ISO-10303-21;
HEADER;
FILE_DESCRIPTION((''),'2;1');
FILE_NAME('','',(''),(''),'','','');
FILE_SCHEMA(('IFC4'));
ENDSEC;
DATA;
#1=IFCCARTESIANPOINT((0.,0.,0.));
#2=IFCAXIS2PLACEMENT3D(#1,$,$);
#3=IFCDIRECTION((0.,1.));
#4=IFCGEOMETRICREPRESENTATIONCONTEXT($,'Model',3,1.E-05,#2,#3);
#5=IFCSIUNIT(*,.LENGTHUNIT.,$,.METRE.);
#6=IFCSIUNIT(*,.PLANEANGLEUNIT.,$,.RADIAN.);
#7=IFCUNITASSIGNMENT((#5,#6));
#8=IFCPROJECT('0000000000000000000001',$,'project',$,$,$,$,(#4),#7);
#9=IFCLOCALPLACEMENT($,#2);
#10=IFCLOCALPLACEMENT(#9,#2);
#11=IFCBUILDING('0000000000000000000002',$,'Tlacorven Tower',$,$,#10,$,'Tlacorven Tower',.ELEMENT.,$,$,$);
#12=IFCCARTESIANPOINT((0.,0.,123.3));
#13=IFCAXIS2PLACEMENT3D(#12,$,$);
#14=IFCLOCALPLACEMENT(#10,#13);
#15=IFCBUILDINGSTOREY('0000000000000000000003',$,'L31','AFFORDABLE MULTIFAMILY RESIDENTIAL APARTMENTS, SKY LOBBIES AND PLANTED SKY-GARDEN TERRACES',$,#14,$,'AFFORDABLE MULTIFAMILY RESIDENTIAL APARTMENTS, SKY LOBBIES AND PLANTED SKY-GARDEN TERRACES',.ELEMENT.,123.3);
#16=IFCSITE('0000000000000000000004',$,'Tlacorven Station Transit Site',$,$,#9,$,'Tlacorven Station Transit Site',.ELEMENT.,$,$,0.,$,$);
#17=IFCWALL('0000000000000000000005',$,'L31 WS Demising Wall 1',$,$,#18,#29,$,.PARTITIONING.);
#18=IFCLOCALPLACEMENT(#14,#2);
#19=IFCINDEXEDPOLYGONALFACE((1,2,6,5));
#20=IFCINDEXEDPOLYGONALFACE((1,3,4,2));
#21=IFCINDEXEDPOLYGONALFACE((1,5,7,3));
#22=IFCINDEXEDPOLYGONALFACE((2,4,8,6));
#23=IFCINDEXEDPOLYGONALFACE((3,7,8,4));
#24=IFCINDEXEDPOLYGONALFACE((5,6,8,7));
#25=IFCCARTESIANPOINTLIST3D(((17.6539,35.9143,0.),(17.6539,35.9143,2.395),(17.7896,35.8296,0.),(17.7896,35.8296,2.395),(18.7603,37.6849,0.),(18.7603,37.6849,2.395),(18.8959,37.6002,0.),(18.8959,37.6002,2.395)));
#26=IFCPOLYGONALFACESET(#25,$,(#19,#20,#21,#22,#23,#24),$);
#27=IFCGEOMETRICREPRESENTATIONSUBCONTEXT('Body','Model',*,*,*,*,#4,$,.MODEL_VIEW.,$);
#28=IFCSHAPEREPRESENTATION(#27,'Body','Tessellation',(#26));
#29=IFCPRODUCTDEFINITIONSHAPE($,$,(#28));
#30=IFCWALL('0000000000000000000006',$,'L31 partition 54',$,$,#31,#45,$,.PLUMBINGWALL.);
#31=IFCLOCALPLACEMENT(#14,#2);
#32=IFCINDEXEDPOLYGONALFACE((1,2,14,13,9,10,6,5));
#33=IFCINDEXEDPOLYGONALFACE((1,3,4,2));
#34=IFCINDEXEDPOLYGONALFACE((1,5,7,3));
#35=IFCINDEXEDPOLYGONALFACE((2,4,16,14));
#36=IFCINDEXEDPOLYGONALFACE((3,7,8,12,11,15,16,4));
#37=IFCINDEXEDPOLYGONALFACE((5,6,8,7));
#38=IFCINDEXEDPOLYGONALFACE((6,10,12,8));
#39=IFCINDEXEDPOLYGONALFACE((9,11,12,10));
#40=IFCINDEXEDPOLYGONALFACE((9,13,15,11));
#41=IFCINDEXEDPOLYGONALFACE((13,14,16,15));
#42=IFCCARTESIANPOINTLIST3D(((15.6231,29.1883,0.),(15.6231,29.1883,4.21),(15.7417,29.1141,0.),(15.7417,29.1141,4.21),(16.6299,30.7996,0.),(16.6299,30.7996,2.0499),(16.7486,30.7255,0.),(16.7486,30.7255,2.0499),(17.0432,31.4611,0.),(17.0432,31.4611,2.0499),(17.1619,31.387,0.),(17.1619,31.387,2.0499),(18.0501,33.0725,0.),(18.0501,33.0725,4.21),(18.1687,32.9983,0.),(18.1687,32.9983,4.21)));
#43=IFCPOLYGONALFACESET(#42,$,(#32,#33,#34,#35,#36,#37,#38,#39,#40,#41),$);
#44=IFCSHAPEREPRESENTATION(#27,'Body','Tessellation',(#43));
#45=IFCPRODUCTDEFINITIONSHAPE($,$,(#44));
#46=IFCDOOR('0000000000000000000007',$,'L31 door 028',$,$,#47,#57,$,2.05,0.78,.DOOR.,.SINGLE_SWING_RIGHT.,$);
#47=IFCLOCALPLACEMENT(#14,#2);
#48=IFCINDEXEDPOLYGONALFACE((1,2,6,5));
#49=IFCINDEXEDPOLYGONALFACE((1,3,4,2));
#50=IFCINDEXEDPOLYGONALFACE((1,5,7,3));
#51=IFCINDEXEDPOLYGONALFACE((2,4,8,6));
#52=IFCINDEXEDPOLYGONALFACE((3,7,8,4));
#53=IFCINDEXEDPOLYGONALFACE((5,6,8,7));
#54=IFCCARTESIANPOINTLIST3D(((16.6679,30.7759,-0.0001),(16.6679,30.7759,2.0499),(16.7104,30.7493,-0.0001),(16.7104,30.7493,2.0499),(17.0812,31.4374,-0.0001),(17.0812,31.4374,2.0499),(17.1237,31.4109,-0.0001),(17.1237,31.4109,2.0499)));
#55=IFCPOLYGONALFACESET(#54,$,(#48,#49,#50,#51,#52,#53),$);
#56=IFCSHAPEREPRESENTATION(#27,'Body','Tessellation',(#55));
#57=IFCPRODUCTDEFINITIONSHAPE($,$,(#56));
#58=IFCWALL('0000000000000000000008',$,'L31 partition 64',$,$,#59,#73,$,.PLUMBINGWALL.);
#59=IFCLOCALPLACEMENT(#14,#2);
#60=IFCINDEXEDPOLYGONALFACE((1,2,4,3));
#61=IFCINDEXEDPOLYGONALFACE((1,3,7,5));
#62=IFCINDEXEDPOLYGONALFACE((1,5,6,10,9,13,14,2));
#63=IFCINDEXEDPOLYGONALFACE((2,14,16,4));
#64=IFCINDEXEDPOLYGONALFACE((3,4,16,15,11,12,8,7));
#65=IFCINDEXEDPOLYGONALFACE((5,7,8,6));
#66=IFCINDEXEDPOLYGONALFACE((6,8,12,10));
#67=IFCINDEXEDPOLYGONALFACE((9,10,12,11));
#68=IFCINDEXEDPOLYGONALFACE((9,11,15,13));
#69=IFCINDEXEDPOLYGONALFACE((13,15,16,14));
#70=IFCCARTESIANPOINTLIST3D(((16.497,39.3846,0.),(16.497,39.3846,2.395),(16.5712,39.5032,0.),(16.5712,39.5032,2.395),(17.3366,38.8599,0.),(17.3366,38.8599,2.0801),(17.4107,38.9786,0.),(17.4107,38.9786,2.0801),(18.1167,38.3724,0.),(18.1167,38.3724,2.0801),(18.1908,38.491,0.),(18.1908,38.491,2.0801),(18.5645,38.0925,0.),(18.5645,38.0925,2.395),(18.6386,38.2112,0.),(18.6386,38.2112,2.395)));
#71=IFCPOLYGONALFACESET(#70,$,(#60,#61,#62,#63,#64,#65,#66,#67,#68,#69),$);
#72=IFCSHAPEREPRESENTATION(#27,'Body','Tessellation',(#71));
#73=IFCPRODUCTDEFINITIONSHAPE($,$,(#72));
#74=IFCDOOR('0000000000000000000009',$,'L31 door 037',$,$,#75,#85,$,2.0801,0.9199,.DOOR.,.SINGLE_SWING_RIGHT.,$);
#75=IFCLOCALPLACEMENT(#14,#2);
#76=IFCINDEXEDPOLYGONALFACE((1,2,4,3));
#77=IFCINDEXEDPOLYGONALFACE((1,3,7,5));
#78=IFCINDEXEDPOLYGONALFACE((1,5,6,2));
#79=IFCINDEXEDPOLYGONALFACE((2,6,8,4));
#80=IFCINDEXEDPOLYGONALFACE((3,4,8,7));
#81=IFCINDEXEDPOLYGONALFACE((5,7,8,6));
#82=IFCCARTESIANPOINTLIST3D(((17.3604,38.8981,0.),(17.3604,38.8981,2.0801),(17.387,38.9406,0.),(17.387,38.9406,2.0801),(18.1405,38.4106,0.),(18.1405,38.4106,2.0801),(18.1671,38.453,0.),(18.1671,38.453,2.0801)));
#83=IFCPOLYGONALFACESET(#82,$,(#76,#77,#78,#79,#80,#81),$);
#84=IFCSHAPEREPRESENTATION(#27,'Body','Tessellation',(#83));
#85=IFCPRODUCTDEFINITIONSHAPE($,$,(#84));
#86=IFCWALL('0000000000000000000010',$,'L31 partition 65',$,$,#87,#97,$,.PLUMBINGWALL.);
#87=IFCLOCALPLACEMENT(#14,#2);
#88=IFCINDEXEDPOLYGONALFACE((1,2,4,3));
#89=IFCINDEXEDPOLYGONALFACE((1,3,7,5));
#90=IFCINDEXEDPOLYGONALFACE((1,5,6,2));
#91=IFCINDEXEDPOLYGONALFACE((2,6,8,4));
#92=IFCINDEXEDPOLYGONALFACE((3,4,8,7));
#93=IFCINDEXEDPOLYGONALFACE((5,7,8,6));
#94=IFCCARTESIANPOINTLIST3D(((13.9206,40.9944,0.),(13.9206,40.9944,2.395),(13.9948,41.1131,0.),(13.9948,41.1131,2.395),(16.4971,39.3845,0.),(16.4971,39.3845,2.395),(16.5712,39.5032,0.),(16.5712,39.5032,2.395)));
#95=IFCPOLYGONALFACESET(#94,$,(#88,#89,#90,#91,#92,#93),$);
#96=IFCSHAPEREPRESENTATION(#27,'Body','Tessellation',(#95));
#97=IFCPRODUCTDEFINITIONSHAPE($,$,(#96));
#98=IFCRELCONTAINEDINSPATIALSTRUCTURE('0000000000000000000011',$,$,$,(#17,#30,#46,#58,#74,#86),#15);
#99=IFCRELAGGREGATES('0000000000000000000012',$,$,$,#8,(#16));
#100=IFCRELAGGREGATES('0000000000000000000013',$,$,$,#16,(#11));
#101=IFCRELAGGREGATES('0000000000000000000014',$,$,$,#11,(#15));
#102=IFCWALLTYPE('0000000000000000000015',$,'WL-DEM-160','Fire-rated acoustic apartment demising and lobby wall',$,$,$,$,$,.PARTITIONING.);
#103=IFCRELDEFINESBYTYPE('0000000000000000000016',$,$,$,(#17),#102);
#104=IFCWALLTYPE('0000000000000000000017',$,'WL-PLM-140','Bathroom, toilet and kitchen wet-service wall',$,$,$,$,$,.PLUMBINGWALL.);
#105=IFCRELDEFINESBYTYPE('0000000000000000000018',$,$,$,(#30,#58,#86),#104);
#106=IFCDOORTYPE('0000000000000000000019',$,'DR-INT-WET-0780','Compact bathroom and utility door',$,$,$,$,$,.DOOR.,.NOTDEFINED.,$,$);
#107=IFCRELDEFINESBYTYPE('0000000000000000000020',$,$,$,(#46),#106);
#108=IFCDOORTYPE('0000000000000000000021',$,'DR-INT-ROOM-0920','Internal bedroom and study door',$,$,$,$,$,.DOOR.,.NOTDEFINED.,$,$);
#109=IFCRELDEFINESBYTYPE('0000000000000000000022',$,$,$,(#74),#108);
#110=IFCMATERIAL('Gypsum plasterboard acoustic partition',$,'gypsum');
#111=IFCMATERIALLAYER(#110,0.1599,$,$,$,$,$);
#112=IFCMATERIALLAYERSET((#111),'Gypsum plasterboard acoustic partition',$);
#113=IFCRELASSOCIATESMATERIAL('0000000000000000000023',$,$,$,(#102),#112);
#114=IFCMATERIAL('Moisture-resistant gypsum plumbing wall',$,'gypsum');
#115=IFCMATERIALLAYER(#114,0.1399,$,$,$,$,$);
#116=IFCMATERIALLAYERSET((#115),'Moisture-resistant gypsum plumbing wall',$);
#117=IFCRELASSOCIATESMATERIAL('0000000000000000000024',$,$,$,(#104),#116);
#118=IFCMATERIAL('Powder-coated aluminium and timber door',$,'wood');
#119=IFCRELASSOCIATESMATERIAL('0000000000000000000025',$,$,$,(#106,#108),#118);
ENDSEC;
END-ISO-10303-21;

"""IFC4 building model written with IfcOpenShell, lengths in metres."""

from ifc_helpers import new_model, si_unit, direction, frame, frame_2d, origin, place, context, subcontext, project, spatial, rectangle, extrude, source, transform, mapped, material, layer, layer_set, type_object, element, fill, save


model = new_model("IFC4")

# Units and contexts
model_context = context("Model", 3, precision=1e-05, world=origin(), true_north=direction((0.0, 1.0)))
body_context = subcontext(model_context, "Body", "Model", "MODEL_VIEW")
ifc_project = project(units=[si_unit("LENGTHUNIT", "METRE"), si_unit("PLANEANGLEUNIT", "RADIAN")], contexts=[model_context])

# Site, building, storey
site_placement = place(None, origin())
site = spatial("IfcSite", under=ifc_project, at=site_placement, Name="Tlacorven Station Transit Site", LongName="Tlacorven Station Transit Site", CompositionType="ELEMENT", RefElevation=0.0)
building_placement = place(site_placement, origin())
building = spatial("IfcBuilding", under=site, at=building_placement, Name="Tlacorven Tower", LongName="Tlacorven Tower", CompositionType="ELEMENT")
storey_placement = place(building_placement, frame((0.0, 0.0, 123.3)))
storey = spatial("IfcBuildingStorey", under=building, at=storey_placement, Name="L31", Description="AFFORDABLE MULTIFAMILY RESIDENTIAL APARTMENTS, SKY LOBBIES AND PLANTED SKY-GARDEN TERRACES", LongName="AFFORDABLE MULTIFAMILY RESIDENTIAL APARTMENTS, SKY LOBBIES AND PLANTED SKY-GARDEN TERRACES", CompositionType="ELEMENT", Elevation=123.3)

# Wall
ifc_material_1 = material(Name="Gypsum plasterboard acoustic partition", Category="gypsum")
ifc_layer_1 = layer(ifc_material_1, 0.1599)
ifc_layer_set_1 = layer_set([ifc_layer_1], Name="Gypsum plasterboard acoustic partition")
wall_type_1 = type_object("IfcWallType", Name="WL-DEM-160", Description="Fire-rated acoustic apartment demising and lobby wall", PredefinedType="PARTITIONING", material=ifc_layer_set_1)
wall_1_placement = place(storey_placement, frame((18.8281, 37.6426, 0.0), z_axis=(0.0, 0.0, 1.0), x_axis=(-0.529904, -0.848057, 0.0)))
element("IfcWall", 1, at=wall_1_placement, inside=storey, type_object=wall_type_1, Name="L31 WS Demising Wall 1", PredefinedType="PARTITIONING", context=body_context, shape_type="SweptSolid", body=[
    extrude(rectangle(XDim=2.0879, YDim=0.1599, at=frame_2d((1.0439, 0.0))), origin(), (0.0, 0.0, 1.0), 2.395),
])

# Walls, openings, doors
ifc_material_2 = material(Name="Moisture-resistant gypsum plumbing wall", Category="gypsum")
ifc_layer_2 = layer(ifc_material_2, 0.1399)
ifc_layer_set_2 = layer_set([ifc_layer_2], Name="Moisture-resistant gypsum plumbing wall")
wall_type_2 = type_object("IfcWallType", Name="WL-PLM-140", Description="Bathroom, toilet and kitchen wet-service wall", PredefinedType="PLUMBINGWALL", material=ifc_layer_set_2)
wall_2_placement = place(storey_placement, frame((18.1094, 33.0354, 0.0), z_axis=(0.0, 0.0, 1.0), x_axis=(-0.529894, -0.848064, 0.0)))
wall_2 = element("IfcWall", 2, at=wall_2_placement, inside=storey, type_object=wall_type_2, Name="L31 partition 54", PredefinedType="PLUMBINGWALL", context=body_context, shape_type="SweptSolid", body=[
    extrude(rectangle(XDim=4.5801, YDim=0.1399, at=frame_2d((2.29, 0.0))), origin(), (0.0, 0.0, 1.0), 4.21),
])
opening_1_placement = place(wall_2_placement, frame((1.8999, 0.0, 0.0)))
opening_1 = element("IfcOpeningElement", 3, at=opening_1_placement, cuts=wall_2, PredefinedType="OPENING", context=body_context, shape_type="SweptSolid", body=[
    extrude(rectangle(XDim=0.78, YDim=2.05, at=frame_2d((0.3901, 1.0249))), frame((0.0, 0.0801, 0.0), z_axis=(0.0, -1.0, 0.0), x_axis=(1.0, 0.0, 0.0)), (0.0, 0.0, 1.0), 0.1599),
])
ifc_material_3 = material(Name="Powder-coated aluminium and timber door", Category="wood")
door_type_1 = type_object("IfcDoorType", Name="DR-INT-WET-0780", Description="Compact bathroom and utility door", OperationType="NOTDEFINED", PredefinedType="DOOR", material=ifc_material_3)
shared_shape_1 = source(origin(), body_context, "Body", "SweptSolid", [
    extrude(rectangle(XDim=0.78, YDim=2.05, at=frame_2d((0.3901, 1.0249))), frame((0.0, 0.0249, 0.0), z_axis=(0.0, -1.0, 0.0), x_axis=(1.0, 0.0, 0.0)), (0.0, 0.0, 1.0), 0.05),
])
door_1_placement = place(opening_1_placement, origin())
door_1 = element("IfcDoor", 4, at=door_1_placement, inside=storey, type_object=door_type_1, Name="L31 door 028", OperationType="SINGLE_SWING_RIGHT", OverallHeight=2.05, OverallWidth=0.78, PredefinedType="DOOR", context=body_context, shape_type="MappedRepresentation", body=[
    mapped(shared_shape_1, transform((0.0, 0.0, 0.0), scale=1.0)),
])
fill(opening_1, door_1)
wall_3_placement = place(storey_placement, frame((18.6016, 38.1519, 0.0), z_axis=(0.0, 0.0, 1.0), x_axis=(-0.848021, 0.529963, 0.0)))
wall_3 = element("IfcWall", 5, at=wall_3_placement, inside=storey, type_object=wall_type_2, Name="L31 partition 64", PredefinedType="PLUMBINGWALL", context=body_context, shape_type="SweptSolid", body=[
    extrude(rectangle(XDim=2.438, YDim=0.1399, at=frame_2d((1.219, 0.0))), origin(), (0.0, 0.0, 1.0), 2.395),
])
opening_2_placement = place(wall_3_placement, frame((0.5281, 0.0, 0.0)))
opening_2 = element("IfcOpeningElement", 6, at=opening_2_placement, cuts=wall_3, PredefinedType="OPENING", context=body_context, shape_type="SweptSolid", body=[
    extrude(rectangle(XDim=0.9199, YDim=2.0801, at=frame_2d((0.46, 1.04))), frame((0.0, 0.0801, 0.0), z_axis=(0.0, -1.0, 0.0), x_axis=(1.0, 0.0, 0.0)), (0.0, 0.0, 1.0), 0.1599),
])
door_type_2 = type_object("IfcDoorType", Name="DR-INT-ROOM-0920", Description="Internal bedroom and study door", OperationType="NOTDEFINED", PredefinedType="DOOR", material=ifc_material_3)
shared_shape_2 = source(origin(), body_context, "Body", "SweptSolid", [
    extrude(rectangle(XDim=0.9199, YDim=2.0801, at=frame_2d((0.46, 1.04))), frame((0.0, 0.0249, 0.0), z_axis=(0.0, -1.0, 0.0), x_axis=(1.0, 0.0, 0.0)), (0.0, 0.0, 1.0), 0.05),
])
door_2_placement = place(opening_2_placement, origin())
door_2 = element("IfcDoor", 7, at=door_2_placement, inside=storey, type_object=door_type_2, Name="L31 door 037", OperationType="SINGLE_SWING_RIGHT", OverallHeight=2.0801, OverallWidth=0.9199, PredefinedType="DOOR", context=body_context, shape_type="MappedRepresentation", body=[
    mapped(shared_shape_2, transform((0.0, 0.0, 0.0), scale=1.0)),
])
fill(opening_2, door_2)

# Wall
wall_4_placement = place(storey_placement, frame((16.5342, 39.4438, 0.0), z_axis=(0.0, 0.0, 1.0), x_axis=(-0.848057, 0.529905, 0.0)))
element("IfcWall", 8, at=wall_4_placement, inside=storey, type_object=wall_type_2, Name="L31 partition 65", PredefinedType="PLUMBINGWALL", context=body_context, shape_type="SweptSolid", body=[
    extrude(rectangle(XDim=3.0381, YDim=0.1399, at=frame_2d((1.519, 0.0))), origin(), (0.0, 0.0, 1.0), 2.395),
])

save(model, "model.ifc")
